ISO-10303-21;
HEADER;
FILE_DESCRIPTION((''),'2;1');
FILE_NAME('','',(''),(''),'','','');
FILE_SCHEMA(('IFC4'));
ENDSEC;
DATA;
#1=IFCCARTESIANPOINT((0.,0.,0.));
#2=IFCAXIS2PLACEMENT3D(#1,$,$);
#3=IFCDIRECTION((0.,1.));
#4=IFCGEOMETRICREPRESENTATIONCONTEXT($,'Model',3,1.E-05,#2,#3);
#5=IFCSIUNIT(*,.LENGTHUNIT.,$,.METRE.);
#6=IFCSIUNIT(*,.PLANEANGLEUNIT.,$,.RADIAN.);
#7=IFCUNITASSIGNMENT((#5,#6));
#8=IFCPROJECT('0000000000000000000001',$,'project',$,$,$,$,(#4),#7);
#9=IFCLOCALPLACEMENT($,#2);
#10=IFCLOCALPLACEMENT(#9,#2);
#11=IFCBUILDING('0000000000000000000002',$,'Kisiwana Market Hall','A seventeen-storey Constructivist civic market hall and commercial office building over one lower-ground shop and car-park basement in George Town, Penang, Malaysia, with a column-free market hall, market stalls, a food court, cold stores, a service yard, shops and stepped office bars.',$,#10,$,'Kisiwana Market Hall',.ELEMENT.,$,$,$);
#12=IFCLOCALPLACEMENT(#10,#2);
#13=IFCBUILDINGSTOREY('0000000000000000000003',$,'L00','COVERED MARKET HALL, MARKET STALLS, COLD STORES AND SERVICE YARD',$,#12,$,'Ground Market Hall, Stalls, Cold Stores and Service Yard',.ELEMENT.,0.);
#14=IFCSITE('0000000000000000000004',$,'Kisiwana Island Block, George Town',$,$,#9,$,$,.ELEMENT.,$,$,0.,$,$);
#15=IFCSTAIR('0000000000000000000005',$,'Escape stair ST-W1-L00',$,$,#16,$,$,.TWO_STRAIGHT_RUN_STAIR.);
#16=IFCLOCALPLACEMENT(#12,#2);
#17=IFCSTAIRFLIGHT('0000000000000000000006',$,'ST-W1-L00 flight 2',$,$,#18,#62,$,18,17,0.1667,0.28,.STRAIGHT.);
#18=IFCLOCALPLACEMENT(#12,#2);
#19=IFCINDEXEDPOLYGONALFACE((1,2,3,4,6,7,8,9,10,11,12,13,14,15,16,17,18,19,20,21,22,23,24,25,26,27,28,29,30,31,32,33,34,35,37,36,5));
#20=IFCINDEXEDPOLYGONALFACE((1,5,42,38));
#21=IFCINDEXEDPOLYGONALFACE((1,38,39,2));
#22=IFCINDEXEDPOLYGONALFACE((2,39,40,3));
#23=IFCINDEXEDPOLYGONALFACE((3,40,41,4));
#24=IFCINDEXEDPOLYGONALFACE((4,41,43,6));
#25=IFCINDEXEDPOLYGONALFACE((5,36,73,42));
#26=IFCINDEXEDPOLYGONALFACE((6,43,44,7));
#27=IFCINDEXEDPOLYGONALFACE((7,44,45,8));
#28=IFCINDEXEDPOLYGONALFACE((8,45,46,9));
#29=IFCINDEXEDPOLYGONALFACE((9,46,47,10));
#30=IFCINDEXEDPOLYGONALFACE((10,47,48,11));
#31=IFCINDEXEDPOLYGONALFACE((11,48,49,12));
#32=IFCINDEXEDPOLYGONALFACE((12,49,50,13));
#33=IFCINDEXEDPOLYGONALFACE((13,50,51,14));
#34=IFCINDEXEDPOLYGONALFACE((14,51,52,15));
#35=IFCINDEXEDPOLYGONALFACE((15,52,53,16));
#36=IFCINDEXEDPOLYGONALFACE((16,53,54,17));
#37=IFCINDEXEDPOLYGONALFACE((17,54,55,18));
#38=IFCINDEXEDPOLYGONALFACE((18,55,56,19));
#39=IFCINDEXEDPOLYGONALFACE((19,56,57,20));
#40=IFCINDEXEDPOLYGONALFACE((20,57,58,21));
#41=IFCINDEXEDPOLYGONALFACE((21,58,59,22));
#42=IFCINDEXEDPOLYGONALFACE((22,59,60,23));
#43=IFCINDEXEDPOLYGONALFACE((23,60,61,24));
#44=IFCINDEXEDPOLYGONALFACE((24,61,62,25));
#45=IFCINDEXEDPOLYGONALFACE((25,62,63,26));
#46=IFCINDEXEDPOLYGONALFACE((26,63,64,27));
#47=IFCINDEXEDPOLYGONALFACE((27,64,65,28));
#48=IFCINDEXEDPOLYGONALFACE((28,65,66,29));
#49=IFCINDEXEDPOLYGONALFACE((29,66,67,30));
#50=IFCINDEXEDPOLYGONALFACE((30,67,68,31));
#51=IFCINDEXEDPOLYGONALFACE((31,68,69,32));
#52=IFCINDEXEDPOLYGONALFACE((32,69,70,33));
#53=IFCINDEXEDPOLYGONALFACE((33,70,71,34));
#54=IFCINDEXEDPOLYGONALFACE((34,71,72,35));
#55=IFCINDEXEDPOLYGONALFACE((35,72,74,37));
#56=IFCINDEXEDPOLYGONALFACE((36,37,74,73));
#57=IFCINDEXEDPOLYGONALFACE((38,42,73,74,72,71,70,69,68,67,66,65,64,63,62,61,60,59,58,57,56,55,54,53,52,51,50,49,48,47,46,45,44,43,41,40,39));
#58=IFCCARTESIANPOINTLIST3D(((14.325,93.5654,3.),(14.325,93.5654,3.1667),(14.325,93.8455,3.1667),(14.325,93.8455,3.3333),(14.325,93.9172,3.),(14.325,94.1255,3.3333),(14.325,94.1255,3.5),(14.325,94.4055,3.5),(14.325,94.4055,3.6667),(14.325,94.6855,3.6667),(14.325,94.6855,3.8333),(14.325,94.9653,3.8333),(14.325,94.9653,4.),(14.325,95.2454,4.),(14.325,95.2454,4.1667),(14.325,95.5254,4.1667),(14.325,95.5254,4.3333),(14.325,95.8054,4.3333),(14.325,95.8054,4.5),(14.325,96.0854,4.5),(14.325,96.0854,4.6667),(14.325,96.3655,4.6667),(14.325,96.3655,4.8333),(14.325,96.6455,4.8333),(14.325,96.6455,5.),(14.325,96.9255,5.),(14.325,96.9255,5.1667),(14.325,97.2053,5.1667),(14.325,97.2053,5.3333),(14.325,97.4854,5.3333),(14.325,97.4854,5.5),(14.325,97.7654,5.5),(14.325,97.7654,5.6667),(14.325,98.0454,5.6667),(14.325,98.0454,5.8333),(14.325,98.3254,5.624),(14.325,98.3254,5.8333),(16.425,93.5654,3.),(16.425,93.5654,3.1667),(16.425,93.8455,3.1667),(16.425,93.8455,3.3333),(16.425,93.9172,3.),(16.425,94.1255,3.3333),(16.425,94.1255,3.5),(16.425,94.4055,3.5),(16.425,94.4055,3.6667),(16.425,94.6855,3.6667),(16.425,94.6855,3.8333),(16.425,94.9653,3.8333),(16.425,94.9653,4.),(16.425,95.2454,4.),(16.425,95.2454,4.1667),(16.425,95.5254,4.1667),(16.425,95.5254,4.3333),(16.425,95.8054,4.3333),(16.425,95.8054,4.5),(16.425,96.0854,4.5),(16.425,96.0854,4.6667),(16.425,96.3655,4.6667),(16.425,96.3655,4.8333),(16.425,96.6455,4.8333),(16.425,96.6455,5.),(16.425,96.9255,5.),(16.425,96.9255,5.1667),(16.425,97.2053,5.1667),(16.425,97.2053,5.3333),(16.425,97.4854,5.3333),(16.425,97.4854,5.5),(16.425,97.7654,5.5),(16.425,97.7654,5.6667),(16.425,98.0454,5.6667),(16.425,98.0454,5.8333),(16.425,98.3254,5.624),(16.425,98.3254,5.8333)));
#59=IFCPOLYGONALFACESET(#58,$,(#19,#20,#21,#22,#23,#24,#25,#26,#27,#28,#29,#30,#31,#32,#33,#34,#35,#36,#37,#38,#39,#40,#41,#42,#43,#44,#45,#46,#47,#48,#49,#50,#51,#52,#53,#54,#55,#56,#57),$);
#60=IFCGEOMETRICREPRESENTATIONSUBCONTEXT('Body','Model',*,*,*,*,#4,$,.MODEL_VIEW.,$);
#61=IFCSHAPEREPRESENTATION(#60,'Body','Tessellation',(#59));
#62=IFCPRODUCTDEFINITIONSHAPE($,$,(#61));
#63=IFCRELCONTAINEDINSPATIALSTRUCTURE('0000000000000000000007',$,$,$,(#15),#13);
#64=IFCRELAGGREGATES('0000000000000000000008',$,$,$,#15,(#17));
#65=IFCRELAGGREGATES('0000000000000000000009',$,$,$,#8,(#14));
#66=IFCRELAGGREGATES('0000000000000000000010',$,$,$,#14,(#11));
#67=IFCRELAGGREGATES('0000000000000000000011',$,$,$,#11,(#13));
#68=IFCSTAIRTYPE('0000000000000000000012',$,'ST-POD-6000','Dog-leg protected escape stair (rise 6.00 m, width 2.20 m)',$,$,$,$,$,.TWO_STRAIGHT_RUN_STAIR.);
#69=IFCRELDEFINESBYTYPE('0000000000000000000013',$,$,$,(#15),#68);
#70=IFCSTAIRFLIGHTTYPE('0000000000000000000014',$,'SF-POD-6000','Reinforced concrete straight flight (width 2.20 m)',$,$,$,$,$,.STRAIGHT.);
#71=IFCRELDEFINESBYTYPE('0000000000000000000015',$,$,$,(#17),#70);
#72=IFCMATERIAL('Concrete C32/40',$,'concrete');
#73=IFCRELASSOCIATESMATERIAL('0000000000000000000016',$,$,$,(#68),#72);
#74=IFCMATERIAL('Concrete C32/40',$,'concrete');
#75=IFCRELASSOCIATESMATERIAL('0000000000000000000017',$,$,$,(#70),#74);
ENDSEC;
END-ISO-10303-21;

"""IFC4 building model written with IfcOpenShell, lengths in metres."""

from ifc_helpers import new_model, si_unit, direction, frame, origin, place, context, subcontext, project, spatial, polyline, outline, extrude, material, type_object, element, aggregate, save


model = new_model("IFC4")

# Units and contexts
model_context = context("Model", 3, precision=1e-05, world=origin(), true_north=direction((0.0, 1.0)))
body_context = subcontext(model_context, "Body", "Model", "MODEL_VIEW")
ifc_project = project(units=[si_unit("LENGTHUNIT", "METRE"), si_unit("PLANEANGLEUNIT", "RADIAN")], contexts=[model_context])

# Site, building, storey
site_placement = place(None, origin())
site = spatial("IfcSite", under=ifc_project, at=site_placement, Name="Kisiwana Island Block, George Town", CompositionType="ELEMENT", RefElevation=0.0)
building_placement = place(site_placement, origin())
building = spatial("IfcBuilding", under=site, at=building_placement, Name="Kisiwana Market Hall", Description="A seventeen-storey Constructivist civic market hall and commercial office building over one lower-ground shop and car-park basement in George Town, Penang, Malaysia, with a column-free market hall, market stalls, a food court, cold stores, a service yard, shops and stepped office bars.", LongName="Kisiwana Market Hall", CompositionType="ELEMENT")
storey_placement = place(building_placement, origin())
storey = spatial("IfcBuildingStorey", under=building, at=storey_placement, Name="L00", Description="COVERED MARKET HALL, MARKET STALLS, COLD STORES AND SERVICE YARD", LongName="Ground Market Hall, Stalls, Cold Stores and Service Yard", CompositionType="ELEMENT", Elevation=0.0)

# Stair, stair flight
ifc_material_1 = material(Name="Concrete C32/40", Category="concrete")
stair_type = type_object("IfcStairType", Name="ST-POD-6000", Description="Dog-leg protected escape stair (rise 6.00 m, width 2.20 m)", PredefinedType="TWO_STRAIGHT_RUN_STAIR", material=ifc_material_1)
stair_placement = place(storey_placement, origin())
stair = element("IfcStair", 1, at=stair_placement, inside=storey, type_object=stair_type, Name="Escape stair ST-W1-L00", PredefinedType="TWO_STRAIGHT_RUN_STAIR")
ifc_material_2 = material(Name="Concrete C32/40", Category="concrete")
stair_flight_type = type_object("IfcStairFlightType", Name="SF-POD-6000", Description="Reinforced concrete straight flight (width 2.20 m)", PredefinedType="STRAIGHT", material=ifc_material_2)
stair_flight_1_placement = place(storey_placement, frame((15.375, 93.5654, 3.0), z_axis=(0.0, 0.0, 1.0), x_axis=(0.0, 1.0, 0.0)))
stair_flight_1 = element("IfcStairFlight", 2, at=stair_flight_1_placement, type_object=stair_flight_type, Name="ST-W1-L00 flight 2", NumberOfRisers=18, NumberOfTreads=17, PredefinedType="STRAIGHT", RiserHeight=0.1667, TreadLength=0.28, context=body_context, shape_type="SweptSolid", body=[
    extrude(outline(polyline([(0.0, 0.0), (0.0, 0.1667), (0.28, 0.1667), (0.28, 0.3333), (0.5601, 0.3333), (0.5601, 0.5), (0.8401, 0.5), (0.8401, 0.6667), (1.1201, 0.6667), (1.1201, 0.8333), (1.3999, 0.8333), (1.3999, 1.0), (1.6799, 1.0), (1.6799, 1.1667), (1.96, 1.1667), (1.96, 1.3333), (2.24, 1.3333), (2.24, 1.5), (2.52, 1.5), (2.52, 1.6667), (2.8, 1.6667), (2.8, 1.8333), (3.0801, 1.8333), (3.0801, 2.0), (3.3601, 2.0), (3.3601, 2.1667), (3.6399, 2.1667), (3.6399, 2.3333), (3.9199, 2.3333), (3.9199, 2.5), (4.2, 2.5), (4.2, 2.6667), (4.48, 2.6667), (4.48, 2.8333), (4.76, 2.8333), (4.76, 3.0), (4.76, 2.624), (0.3518, 0.0), (0.0, 0.0)])), frame((0.0, 1.05, 0.0), z_axis=(0.0, -1.0, 0.0), x_axis=(1.0, 0.0, 0.0)), (0.0, 0.0, 1.0), 2.1001),
])
aggregate(stair, [stair_flight_1])

save(model, "model.ifc")
